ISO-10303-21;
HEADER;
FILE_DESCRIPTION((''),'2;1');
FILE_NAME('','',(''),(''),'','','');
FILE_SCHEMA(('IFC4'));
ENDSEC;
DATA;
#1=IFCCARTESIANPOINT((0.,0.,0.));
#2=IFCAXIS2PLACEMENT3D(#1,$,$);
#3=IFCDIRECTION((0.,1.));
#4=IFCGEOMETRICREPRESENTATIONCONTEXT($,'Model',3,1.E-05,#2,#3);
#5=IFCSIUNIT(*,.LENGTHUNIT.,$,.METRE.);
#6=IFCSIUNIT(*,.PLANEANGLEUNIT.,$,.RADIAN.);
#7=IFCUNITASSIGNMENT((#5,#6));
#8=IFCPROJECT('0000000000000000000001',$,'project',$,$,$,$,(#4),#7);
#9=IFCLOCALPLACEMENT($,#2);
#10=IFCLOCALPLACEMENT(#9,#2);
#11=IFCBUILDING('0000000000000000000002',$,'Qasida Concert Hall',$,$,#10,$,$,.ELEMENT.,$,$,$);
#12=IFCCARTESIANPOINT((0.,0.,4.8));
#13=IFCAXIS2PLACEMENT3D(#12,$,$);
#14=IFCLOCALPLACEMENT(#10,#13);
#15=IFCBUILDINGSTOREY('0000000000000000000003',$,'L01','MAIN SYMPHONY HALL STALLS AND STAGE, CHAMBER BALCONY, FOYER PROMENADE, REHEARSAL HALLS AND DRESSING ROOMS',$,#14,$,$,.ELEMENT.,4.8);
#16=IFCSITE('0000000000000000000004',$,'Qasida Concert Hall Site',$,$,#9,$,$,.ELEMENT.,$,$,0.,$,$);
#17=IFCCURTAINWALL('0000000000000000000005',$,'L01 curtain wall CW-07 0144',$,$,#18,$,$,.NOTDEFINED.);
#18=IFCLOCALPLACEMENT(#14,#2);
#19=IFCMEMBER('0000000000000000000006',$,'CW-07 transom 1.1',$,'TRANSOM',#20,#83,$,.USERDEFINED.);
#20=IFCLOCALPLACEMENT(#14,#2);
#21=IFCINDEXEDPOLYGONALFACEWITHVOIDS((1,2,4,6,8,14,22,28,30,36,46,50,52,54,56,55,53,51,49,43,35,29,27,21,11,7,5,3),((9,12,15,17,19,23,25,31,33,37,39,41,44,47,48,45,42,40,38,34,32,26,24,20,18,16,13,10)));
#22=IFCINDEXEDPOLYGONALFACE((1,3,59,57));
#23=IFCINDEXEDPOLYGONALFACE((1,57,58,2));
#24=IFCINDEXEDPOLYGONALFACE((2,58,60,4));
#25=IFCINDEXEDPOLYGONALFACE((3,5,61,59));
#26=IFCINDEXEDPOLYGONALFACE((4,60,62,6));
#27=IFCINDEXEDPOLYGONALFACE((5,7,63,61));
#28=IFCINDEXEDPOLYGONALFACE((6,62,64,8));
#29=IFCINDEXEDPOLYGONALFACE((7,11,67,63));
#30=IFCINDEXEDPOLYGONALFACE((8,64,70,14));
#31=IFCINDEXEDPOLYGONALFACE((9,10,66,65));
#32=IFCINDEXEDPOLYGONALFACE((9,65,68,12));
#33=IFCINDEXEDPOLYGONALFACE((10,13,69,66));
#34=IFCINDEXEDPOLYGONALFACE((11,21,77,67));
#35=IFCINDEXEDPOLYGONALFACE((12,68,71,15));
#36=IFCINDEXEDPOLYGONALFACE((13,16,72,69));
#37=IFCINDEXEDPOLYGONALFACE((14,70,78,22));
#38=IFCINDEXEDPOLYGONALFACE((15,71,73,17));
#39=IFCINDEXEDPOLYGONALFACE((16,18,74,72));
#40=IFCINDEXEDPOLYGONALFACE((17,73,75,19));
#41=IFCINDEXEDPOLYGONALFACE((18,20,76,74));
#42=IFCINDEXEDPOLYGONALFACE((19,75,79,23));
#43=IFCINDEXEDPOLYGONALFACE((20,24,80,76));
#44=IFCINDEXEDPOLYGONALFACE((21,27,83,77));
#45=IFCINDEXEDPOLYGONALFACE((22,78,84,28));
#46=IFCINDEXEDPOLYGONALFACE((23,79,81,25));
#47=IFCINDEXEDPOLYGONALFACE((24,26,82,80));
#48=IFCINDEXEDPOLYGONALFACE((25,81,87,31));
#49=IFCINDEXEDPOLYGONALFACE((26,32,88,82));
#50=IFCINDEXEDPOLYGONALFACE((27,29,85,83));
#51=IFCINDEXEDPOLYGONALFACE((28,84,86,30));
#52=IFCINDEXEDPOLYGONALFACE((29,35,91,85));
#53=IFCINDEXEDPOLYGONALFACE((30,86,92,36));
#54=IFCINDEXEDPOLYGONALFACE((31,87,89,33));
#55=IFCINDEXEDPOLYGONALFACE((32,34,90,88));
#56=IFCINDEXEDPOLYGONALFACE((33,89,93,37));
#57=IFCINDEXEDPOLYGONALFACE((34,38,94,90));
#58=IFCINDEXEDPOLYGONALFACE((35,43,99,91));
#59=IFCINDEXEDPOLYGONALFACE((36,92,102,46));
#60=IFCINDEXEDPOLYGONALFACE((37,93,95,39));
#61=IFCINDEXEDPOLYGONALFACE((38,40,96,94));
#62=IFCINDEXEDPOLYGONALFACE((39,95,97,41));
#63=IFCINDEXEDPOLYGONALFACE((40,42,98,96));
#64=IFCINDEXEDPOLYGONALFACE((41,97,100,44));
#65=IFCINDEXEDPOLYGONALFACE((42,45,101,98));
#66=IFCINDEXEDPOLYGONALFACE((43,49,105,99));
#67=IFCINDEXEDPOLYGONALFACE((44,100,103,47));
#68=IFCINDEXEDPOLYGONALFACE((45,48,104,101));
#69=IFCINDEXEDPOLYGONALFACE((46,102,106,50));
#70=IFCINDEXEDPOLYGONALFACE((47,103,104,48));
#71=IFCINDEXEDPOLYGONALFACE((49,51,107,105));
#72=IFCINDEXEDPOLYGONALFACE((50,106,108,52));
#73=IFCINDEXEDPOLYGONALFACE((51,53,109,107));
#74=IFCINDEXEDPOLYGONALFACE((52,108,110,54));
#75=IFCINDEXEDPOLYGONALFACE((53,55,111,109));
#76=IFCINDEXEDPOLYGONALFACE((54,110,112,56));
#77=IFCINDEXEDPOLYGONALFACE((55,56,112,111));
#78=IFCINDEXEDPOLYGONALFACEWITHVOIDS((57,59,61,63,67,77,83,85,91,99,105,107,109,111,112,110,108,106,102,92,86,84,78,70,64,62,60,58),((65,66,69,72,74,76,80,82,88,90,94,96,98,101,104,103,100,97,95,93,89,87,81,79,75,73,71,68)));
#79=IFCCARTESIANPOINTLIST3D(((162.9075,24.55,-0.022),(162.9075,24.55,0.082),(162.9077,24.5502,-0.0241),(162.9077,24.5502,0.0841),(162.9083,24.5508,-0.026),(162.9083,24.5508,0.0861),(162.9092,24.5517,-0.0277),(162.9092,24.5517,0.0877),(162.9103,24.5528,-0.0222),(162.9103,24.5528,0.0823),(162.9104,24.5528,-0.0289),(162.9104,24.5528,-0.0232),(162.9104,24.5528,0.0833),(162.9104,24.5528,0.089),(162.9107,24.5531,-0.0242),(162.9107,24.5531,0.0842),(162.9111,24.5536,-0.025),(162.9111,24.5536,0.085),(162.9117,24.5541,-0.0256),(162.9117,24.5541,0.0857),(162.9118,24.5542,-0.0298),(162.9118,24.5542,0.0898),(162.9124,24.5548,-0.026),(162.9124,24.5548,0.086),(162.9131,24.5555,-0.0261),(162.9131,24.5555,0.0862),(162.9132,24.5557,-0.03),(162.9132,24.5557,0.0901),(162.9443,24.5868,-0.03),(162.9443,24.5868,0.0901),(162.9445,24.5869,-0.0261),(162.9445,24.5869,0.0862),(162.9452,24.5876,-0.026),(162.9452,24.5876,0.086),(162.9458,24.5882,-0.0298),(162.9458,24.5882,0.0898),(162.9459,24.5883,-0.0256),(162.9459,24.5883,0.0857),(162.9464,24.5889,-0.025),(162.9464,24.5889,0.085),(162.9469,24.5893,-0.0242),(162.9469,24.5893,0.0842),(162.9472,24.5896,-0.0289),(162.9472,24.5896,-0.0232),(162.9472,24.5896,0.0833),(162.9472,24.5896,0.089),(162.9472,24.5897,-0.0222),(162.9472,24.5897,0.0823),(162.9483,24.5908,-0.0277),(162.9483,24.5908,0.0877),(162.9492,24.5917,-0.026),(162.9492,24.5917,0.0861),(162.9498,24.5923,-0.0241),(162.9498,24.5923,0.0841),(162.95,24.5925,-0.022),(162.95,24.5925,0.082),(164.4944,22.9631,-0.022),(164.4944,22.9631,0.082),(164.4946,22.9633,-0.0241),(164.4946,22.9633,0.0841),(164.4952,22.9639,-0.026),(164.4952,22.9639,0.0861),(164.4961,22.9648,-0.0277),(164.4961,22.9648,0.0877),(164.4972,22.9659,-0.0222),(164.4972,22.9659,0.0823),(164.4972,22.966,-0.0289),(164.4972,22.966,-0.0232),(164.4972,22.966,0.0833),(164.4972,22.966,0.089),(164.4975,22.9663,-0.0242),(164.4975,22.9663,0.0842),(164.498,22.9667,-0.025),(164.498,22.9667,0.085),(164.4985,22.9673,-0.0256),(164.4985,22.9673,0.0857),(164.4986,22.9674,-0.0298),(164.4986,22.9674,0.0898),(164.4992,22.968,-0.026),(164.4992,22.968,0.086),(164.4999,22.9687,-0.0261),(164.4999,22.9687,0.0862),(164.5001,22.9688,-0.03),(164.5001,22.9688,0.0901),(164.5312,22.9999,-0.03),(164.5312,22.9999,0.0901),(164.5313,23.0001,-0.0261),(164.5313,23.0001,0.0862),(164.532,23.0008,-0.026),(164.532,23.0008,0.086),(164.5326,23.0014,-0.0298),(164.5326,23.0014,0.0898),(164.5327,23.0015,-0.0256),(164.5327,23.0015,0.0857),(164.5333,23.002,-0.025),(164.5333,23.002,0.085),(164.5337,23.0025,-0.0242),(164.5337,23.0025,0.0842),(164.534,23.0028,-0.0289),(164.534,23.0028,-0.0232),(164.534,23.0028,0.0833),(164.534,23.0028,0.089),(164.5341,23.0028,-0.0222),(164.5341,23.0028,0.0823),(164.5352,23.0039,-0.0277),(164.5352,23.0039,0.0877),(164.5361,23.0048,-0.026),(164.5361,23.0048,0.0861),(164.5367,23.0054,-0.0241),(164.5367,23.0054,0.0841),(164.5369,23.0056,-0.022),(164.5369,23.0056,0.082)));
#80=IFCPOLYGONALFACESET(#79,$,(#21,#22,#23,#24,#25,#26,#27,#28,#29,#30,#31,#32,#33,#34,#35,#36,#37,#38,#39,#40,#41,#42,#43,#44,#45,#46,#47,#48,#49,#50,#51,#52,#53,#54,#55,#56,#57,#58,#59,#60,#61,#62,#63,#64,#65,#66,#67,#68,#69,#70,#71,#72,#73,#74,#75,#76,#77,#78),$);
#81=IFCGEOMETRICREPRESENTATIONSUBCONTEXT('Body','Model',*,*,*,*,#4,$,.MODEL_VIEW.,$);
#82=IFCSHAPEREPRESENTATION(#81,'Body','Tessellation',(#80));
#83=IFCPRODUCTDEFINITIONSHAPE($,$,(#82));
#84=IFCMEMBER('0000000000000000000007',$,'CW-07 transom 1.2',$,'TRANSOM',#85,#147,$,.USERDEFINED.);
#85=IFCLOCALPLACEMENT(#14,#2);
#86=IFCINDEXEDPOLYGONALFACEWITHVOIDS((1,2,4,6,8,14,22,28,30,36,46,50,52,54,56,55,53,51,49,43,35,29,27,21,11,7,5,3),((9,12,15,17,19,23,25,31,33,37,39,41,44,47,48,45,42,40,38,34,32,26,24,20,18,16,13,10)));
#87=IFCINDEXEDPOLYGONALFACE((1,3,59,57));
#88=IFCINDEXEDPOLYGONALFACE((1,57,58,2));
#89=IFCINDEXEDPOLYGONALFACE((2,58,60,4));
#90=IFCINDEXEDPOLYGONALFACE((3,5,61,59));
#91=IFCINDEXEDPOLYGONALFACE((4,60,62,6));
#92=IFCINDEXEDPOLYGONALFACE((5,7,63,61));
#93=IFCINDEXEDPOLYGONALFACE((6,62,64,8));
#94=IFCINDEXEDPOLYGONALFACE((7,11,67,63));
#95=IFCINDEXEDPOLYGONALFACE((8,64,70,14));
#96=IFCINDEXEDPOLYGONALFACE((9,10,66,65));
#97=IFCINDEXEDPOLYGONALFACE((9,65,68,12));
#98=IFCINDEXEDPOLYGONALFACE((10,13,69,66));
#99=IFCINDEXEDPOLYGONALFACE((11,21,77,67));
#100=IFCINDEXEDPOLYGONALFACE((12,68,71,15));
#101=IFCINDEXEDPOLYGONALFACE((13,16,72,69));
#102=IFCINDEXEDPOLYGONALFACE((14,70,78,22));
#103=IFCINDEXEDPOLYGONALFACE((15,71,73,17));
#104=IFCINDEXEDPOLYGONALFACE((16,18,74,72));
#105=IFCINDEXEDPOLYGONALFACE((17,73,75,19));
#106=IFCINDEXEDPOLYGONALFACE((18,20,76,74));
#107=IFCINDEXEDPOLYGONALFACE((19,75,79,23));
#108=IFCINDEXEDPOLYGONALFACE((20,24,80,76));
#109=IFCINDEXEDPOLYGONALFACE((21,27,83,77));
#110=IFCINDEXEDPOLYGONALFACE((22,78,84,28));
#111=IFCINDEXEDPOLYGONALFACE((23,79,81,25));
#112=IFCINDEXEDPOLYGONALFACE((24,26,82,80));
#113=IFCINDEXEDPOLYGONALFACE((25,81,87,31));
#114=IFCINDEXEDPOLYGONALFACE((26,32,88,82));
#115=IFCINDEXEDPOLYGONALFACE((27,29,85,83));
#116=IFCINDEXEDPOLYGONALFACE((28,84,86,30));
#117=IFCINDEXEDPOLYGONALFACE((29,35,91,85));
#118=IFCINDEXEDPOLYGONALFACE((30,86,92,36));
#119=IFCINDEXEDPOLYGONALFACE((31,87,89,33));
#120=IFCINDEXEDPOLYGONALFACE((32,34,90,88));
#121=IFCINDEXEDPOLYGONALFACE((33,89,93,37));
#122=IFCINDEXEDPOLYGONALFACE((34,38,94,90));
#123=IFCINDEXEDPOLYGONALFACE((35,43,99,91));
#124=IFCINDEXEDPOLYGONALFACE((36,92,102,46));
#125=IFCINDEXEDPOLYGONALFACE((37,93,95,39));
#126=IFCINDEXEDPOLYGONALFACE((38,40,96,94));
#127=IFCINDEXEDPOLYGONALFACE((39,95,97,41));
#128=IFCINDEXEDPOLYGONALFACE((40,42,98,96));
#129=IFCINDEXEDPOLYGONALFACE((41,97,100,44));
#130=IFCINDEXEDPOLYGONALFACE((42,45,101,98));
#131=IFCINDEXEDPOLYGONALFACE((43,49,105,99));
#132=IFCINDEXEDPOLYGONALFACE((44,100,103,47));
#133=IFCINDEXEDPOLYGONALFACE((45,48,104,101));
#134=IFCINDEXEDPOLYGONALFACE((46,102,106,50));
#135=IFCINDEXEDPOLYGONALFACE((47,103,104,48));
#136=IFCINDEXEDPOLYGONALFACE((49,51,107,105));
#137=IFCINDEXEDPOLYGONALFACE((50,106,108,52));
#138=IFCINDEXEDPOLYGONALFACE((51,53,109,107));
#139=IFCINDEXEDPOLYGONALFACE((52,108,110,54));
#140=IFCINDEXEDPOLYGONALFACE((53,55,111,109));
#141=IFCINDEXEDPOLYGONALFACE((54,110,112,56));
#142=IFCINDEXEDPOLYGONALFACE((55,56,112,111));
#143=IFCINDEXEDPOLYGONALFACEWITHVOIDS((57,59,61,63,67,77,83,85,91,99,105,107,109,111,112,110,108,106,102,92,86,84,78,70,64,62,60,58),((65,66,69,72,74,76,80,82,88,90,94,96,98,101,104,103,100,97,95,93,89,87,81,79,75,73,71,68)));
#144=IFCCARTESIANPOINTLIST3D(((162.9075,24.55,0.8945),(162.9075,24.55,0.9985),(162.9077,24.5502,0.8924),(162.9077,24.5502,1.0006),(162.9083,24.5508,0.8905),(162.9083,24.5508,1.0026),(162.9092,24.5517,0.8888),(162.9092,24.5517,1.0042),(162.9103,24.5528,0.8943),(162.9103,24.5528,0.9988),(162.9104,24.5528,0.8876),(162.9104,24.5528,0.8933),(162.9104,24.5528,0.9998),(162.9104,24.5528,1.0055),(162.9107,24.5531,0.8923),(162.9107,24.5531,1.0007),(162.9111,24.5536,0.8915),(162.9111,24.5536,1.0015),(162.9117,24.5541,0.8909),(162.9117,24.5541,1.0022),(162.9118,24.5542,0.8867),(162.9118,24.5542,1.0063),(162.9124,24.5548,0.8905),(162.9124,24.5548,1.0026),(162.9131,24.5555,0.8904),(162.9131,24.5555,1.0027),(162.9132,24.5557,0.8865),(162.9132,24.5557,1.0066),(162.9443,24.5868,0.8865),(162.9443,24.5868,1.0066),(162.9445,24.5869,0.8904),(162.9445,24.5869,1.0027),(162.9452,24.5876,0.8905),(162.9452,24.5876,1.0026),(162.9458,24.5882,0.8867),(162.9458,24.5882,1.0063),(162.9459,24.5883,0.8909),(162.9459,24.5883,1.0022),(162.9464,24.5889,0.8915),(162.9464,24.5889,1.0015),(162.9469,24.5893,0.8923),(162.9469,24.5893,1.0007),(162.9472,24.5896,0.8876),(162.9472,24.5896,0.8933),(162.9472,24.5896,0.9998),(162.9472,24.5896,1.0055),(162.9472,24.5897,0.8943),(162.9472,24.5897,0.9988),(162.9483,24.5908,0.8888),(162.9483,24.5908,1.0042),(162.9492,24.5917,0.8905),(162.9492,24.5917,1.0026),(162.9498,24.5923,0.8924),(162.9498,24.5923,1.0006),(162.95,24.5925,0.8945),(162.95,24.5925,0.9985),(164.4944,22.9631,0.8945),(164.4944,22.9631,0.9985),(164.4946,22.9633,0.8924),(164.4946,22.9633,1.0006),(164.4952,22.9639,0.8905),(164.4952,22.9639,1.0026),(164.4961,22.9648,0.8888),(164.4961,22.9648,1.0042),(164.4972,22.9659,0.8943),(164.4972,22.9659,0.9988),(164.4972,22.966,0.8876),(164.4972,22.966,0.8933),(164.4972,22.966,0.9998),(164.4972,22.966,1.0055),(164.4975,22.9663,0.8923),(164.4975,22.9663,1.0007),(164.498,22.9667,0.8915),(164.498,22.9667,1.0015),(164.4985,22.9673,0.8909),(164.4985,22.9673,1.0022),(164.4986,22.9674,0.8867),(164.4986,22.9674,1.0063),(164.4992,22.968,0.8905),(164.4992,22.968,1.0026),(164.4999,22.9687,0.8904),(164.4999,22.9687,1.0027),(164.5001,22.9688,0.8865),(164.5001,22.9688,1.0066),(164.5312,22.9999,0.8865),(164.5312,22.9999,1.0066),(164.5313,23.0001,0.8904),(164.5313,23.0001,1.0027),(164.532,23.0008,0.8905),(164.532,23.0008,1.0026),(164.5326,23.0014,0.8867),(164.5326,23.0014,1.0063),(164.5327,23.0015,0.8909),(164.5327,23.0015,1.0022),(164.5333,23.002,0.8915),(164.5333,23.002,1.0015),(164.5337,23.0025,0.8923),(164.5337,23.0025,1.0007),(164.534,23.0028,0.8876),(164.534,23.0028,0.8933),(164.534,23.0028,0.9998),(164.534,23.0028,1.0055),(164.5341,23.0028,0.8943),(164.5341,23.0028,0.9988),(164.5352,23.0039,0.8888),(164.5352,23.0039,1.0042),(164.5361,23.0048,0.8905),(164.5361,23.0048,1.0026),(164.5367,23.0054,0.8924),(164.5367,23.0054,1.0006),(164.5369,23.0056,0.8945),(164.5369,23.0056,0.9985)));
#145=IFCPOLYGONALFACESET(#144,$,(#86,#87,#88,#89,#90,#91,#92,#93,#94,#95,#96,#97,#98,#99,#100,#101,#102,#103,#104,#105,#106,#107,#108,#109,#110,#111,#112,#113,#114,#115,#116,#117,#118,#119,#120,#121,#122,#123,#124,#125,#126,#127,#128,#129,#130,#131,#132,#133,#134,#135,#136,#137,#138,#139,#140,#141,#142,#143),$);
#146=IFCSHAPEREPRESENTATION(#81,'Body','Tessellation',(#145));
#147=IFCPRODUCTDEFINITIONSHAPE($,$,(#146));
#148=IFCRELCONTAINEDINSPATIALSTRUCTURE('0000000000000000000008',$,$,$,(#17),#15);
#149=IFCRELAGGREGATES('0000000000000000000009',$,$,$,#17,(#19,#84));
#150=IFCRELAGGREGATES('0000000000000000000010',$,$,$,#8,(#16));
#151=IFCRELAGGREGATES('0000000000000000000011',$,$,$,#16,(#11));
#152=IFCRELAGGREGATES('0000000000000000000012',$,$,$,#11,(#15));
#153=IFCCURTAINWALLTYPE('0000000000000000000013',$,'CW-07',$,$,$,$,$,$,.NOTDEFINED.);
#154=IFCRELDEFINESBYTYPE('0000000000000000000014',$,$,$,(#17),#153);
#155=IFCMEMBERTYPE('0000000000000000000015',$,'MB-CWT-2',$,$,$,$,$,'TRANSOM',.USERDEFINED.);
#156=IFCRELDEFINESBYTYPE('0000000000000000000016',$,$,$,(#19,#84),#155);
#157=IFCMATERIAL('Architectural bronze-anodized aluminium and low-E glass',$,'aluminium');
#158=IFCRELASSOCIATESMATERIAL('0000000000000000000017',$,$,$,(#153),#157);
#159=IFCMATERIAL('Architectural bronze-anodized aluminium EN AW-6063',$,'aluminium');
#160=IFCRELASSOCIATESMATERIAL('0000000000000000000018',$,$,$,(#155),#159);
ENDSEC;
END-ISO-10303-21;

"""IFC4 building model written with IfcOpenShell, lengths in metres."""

from ifc_helpers import new_model, si_unit, direction, frame, origin, origin_2d, place, context, subcontext, project, spatial, hollow_rectangle, extrude, material, material_profile, profile_set, type_object, element, aggregate, save


model = new_model("IFC4")

# Units and contexts
model_context = context("Model", 3, precision=1e-05, world=origin(), true_north=direction((0.0, 1.0)))
body_context = subcontext(model_context, "Body", "Model", "MODEL_VIEW")
ifc_project = project(units=[si_unit("LENGTHUNIT", "METRE"), si_unit("PLANEANGLEUNIT", "RADIAN")], contexts=[model_context])

# Site, building, storey
site_placement = place(None, origin())
site = spatial("IfcSite", under=ifc_project, at=site_placement, Name="Qasida Concert Hall Site", CompositionType="ELEMENT", RefElevation=0.0)
building_placement = place(site_placement, origin())
building = spatial("IfcBuilding", under=site, at=building_placement, Name="Qasida Concert Hall", CompositionType="ELEMENT")
storey_placement = place(building_placement, frame((0.0, 0.0, 4.8)))
storey = spatial("IfcBuildingStorey", under=building, at=storey_placement, Name="L01", Description="MAIN SYMPHONY HALL STALLS AND STAGE, CHAMBER BALCONY, FOYER PROMENADE, REHEARSAL HALLS AND DRESSING ROOMS", CompositionType="ELEMENT", Elevation=4.8)

# Curtain wall, members
ifc_material_1 = material(Name="Architectural bronze-anodized aluminium and low-E glass", Category="aluminium")
curtain_wall_type = type_object("IfcCurtainWallType", Name="CW-07", PredefinedType="NOTDEFINED", material=ifc_material_1)
curtain_wall_placement = place(storey_placement, origin())
curtain_wall = element("IfcCurtainWall", 1, at=curtain_wall_placement, inside=storey, type_object=curtain_wall_type, Name="L01 curtain wall CW-07 0144", PredefinedType="NOTDEFINED")
ifc_material_2 = material(Name="Architectural bronze-anodized aluminium EN AW-6063", Category="aluminium")
ifc_material_profile_1 = material_profile(ifc_material_2, hollow_rectangle(XDim=0.0601, YDim=0.1201, WallThickness=0.0039, InnerFilletRadius=0.0039, OuterFilletRadius=0.0081, at=origin_2d()), Name="CWT 120x60x4")
ifc_profile_set_1 = profile_set([ifc_material_profile_1], Name="Architectural bronze-anodized aluminium EN AW-6063")
member_type_1 = type_object("IfcMemberType", Name="MB-CWT-2", ElementType="TRANSOM", PredefinedType="USERDEFINED", material=ifc_profile_set_1)
member_1_placement = place(storey_placement, frame((164.5156, 22.9844, 0.03), z_axis=(-0.707107, 0.707107, 0.0), x_axis=(-0.707107, -0.707107, 0.0)))
member_1 = element("IfcMember", 2, at=member_1_placement, type_object=member_type_1, Name="CW-07 transom 1.1", ObjectType="TRANSOM", PredefinedType="USERDEFINED", context=body_context, shape_type="SweptSolid", body=[
    extrude(hollow_rectangle(XDim=0.0601, YDim=0.1201, WallThickness=0.0039, InnerFilletRadius=0.0039, OuterFilletRadius=0.0081, at=origin_2d()), origin(), (0.0, 0.0, 1.0), 2.2441),
])
member_2_placement = place(storey_placement, frame((164.5156, 22.9844, 0.9465), z_axis=(-0.707107, 0.707107, 0.0), x_axis=(-0.707107, -0.707107, 0.0)))
member_2 = element("IfcMember", 3, at=member_2_placement, type_object=member_type_1, Name="CW-07 transom 1.2", ObjectType="TRANSOM", PredefinedType="USERDEFINED", context=body_context, shape_type="SweptSolid", body=[
    extrude(hollow_rectangle(XDim=0.0601, YDim=0.1201, WallThickness=0.0039, InnerFilletRadius=0.0039, OuterFilletRadius=0.0081, at=origin_2d()), origin(), (0.0, 0.0, 1.0), 2.2441),
])
aggregate(curtain_wall, [member_1, member_2])

save(model, "model.ifc")
